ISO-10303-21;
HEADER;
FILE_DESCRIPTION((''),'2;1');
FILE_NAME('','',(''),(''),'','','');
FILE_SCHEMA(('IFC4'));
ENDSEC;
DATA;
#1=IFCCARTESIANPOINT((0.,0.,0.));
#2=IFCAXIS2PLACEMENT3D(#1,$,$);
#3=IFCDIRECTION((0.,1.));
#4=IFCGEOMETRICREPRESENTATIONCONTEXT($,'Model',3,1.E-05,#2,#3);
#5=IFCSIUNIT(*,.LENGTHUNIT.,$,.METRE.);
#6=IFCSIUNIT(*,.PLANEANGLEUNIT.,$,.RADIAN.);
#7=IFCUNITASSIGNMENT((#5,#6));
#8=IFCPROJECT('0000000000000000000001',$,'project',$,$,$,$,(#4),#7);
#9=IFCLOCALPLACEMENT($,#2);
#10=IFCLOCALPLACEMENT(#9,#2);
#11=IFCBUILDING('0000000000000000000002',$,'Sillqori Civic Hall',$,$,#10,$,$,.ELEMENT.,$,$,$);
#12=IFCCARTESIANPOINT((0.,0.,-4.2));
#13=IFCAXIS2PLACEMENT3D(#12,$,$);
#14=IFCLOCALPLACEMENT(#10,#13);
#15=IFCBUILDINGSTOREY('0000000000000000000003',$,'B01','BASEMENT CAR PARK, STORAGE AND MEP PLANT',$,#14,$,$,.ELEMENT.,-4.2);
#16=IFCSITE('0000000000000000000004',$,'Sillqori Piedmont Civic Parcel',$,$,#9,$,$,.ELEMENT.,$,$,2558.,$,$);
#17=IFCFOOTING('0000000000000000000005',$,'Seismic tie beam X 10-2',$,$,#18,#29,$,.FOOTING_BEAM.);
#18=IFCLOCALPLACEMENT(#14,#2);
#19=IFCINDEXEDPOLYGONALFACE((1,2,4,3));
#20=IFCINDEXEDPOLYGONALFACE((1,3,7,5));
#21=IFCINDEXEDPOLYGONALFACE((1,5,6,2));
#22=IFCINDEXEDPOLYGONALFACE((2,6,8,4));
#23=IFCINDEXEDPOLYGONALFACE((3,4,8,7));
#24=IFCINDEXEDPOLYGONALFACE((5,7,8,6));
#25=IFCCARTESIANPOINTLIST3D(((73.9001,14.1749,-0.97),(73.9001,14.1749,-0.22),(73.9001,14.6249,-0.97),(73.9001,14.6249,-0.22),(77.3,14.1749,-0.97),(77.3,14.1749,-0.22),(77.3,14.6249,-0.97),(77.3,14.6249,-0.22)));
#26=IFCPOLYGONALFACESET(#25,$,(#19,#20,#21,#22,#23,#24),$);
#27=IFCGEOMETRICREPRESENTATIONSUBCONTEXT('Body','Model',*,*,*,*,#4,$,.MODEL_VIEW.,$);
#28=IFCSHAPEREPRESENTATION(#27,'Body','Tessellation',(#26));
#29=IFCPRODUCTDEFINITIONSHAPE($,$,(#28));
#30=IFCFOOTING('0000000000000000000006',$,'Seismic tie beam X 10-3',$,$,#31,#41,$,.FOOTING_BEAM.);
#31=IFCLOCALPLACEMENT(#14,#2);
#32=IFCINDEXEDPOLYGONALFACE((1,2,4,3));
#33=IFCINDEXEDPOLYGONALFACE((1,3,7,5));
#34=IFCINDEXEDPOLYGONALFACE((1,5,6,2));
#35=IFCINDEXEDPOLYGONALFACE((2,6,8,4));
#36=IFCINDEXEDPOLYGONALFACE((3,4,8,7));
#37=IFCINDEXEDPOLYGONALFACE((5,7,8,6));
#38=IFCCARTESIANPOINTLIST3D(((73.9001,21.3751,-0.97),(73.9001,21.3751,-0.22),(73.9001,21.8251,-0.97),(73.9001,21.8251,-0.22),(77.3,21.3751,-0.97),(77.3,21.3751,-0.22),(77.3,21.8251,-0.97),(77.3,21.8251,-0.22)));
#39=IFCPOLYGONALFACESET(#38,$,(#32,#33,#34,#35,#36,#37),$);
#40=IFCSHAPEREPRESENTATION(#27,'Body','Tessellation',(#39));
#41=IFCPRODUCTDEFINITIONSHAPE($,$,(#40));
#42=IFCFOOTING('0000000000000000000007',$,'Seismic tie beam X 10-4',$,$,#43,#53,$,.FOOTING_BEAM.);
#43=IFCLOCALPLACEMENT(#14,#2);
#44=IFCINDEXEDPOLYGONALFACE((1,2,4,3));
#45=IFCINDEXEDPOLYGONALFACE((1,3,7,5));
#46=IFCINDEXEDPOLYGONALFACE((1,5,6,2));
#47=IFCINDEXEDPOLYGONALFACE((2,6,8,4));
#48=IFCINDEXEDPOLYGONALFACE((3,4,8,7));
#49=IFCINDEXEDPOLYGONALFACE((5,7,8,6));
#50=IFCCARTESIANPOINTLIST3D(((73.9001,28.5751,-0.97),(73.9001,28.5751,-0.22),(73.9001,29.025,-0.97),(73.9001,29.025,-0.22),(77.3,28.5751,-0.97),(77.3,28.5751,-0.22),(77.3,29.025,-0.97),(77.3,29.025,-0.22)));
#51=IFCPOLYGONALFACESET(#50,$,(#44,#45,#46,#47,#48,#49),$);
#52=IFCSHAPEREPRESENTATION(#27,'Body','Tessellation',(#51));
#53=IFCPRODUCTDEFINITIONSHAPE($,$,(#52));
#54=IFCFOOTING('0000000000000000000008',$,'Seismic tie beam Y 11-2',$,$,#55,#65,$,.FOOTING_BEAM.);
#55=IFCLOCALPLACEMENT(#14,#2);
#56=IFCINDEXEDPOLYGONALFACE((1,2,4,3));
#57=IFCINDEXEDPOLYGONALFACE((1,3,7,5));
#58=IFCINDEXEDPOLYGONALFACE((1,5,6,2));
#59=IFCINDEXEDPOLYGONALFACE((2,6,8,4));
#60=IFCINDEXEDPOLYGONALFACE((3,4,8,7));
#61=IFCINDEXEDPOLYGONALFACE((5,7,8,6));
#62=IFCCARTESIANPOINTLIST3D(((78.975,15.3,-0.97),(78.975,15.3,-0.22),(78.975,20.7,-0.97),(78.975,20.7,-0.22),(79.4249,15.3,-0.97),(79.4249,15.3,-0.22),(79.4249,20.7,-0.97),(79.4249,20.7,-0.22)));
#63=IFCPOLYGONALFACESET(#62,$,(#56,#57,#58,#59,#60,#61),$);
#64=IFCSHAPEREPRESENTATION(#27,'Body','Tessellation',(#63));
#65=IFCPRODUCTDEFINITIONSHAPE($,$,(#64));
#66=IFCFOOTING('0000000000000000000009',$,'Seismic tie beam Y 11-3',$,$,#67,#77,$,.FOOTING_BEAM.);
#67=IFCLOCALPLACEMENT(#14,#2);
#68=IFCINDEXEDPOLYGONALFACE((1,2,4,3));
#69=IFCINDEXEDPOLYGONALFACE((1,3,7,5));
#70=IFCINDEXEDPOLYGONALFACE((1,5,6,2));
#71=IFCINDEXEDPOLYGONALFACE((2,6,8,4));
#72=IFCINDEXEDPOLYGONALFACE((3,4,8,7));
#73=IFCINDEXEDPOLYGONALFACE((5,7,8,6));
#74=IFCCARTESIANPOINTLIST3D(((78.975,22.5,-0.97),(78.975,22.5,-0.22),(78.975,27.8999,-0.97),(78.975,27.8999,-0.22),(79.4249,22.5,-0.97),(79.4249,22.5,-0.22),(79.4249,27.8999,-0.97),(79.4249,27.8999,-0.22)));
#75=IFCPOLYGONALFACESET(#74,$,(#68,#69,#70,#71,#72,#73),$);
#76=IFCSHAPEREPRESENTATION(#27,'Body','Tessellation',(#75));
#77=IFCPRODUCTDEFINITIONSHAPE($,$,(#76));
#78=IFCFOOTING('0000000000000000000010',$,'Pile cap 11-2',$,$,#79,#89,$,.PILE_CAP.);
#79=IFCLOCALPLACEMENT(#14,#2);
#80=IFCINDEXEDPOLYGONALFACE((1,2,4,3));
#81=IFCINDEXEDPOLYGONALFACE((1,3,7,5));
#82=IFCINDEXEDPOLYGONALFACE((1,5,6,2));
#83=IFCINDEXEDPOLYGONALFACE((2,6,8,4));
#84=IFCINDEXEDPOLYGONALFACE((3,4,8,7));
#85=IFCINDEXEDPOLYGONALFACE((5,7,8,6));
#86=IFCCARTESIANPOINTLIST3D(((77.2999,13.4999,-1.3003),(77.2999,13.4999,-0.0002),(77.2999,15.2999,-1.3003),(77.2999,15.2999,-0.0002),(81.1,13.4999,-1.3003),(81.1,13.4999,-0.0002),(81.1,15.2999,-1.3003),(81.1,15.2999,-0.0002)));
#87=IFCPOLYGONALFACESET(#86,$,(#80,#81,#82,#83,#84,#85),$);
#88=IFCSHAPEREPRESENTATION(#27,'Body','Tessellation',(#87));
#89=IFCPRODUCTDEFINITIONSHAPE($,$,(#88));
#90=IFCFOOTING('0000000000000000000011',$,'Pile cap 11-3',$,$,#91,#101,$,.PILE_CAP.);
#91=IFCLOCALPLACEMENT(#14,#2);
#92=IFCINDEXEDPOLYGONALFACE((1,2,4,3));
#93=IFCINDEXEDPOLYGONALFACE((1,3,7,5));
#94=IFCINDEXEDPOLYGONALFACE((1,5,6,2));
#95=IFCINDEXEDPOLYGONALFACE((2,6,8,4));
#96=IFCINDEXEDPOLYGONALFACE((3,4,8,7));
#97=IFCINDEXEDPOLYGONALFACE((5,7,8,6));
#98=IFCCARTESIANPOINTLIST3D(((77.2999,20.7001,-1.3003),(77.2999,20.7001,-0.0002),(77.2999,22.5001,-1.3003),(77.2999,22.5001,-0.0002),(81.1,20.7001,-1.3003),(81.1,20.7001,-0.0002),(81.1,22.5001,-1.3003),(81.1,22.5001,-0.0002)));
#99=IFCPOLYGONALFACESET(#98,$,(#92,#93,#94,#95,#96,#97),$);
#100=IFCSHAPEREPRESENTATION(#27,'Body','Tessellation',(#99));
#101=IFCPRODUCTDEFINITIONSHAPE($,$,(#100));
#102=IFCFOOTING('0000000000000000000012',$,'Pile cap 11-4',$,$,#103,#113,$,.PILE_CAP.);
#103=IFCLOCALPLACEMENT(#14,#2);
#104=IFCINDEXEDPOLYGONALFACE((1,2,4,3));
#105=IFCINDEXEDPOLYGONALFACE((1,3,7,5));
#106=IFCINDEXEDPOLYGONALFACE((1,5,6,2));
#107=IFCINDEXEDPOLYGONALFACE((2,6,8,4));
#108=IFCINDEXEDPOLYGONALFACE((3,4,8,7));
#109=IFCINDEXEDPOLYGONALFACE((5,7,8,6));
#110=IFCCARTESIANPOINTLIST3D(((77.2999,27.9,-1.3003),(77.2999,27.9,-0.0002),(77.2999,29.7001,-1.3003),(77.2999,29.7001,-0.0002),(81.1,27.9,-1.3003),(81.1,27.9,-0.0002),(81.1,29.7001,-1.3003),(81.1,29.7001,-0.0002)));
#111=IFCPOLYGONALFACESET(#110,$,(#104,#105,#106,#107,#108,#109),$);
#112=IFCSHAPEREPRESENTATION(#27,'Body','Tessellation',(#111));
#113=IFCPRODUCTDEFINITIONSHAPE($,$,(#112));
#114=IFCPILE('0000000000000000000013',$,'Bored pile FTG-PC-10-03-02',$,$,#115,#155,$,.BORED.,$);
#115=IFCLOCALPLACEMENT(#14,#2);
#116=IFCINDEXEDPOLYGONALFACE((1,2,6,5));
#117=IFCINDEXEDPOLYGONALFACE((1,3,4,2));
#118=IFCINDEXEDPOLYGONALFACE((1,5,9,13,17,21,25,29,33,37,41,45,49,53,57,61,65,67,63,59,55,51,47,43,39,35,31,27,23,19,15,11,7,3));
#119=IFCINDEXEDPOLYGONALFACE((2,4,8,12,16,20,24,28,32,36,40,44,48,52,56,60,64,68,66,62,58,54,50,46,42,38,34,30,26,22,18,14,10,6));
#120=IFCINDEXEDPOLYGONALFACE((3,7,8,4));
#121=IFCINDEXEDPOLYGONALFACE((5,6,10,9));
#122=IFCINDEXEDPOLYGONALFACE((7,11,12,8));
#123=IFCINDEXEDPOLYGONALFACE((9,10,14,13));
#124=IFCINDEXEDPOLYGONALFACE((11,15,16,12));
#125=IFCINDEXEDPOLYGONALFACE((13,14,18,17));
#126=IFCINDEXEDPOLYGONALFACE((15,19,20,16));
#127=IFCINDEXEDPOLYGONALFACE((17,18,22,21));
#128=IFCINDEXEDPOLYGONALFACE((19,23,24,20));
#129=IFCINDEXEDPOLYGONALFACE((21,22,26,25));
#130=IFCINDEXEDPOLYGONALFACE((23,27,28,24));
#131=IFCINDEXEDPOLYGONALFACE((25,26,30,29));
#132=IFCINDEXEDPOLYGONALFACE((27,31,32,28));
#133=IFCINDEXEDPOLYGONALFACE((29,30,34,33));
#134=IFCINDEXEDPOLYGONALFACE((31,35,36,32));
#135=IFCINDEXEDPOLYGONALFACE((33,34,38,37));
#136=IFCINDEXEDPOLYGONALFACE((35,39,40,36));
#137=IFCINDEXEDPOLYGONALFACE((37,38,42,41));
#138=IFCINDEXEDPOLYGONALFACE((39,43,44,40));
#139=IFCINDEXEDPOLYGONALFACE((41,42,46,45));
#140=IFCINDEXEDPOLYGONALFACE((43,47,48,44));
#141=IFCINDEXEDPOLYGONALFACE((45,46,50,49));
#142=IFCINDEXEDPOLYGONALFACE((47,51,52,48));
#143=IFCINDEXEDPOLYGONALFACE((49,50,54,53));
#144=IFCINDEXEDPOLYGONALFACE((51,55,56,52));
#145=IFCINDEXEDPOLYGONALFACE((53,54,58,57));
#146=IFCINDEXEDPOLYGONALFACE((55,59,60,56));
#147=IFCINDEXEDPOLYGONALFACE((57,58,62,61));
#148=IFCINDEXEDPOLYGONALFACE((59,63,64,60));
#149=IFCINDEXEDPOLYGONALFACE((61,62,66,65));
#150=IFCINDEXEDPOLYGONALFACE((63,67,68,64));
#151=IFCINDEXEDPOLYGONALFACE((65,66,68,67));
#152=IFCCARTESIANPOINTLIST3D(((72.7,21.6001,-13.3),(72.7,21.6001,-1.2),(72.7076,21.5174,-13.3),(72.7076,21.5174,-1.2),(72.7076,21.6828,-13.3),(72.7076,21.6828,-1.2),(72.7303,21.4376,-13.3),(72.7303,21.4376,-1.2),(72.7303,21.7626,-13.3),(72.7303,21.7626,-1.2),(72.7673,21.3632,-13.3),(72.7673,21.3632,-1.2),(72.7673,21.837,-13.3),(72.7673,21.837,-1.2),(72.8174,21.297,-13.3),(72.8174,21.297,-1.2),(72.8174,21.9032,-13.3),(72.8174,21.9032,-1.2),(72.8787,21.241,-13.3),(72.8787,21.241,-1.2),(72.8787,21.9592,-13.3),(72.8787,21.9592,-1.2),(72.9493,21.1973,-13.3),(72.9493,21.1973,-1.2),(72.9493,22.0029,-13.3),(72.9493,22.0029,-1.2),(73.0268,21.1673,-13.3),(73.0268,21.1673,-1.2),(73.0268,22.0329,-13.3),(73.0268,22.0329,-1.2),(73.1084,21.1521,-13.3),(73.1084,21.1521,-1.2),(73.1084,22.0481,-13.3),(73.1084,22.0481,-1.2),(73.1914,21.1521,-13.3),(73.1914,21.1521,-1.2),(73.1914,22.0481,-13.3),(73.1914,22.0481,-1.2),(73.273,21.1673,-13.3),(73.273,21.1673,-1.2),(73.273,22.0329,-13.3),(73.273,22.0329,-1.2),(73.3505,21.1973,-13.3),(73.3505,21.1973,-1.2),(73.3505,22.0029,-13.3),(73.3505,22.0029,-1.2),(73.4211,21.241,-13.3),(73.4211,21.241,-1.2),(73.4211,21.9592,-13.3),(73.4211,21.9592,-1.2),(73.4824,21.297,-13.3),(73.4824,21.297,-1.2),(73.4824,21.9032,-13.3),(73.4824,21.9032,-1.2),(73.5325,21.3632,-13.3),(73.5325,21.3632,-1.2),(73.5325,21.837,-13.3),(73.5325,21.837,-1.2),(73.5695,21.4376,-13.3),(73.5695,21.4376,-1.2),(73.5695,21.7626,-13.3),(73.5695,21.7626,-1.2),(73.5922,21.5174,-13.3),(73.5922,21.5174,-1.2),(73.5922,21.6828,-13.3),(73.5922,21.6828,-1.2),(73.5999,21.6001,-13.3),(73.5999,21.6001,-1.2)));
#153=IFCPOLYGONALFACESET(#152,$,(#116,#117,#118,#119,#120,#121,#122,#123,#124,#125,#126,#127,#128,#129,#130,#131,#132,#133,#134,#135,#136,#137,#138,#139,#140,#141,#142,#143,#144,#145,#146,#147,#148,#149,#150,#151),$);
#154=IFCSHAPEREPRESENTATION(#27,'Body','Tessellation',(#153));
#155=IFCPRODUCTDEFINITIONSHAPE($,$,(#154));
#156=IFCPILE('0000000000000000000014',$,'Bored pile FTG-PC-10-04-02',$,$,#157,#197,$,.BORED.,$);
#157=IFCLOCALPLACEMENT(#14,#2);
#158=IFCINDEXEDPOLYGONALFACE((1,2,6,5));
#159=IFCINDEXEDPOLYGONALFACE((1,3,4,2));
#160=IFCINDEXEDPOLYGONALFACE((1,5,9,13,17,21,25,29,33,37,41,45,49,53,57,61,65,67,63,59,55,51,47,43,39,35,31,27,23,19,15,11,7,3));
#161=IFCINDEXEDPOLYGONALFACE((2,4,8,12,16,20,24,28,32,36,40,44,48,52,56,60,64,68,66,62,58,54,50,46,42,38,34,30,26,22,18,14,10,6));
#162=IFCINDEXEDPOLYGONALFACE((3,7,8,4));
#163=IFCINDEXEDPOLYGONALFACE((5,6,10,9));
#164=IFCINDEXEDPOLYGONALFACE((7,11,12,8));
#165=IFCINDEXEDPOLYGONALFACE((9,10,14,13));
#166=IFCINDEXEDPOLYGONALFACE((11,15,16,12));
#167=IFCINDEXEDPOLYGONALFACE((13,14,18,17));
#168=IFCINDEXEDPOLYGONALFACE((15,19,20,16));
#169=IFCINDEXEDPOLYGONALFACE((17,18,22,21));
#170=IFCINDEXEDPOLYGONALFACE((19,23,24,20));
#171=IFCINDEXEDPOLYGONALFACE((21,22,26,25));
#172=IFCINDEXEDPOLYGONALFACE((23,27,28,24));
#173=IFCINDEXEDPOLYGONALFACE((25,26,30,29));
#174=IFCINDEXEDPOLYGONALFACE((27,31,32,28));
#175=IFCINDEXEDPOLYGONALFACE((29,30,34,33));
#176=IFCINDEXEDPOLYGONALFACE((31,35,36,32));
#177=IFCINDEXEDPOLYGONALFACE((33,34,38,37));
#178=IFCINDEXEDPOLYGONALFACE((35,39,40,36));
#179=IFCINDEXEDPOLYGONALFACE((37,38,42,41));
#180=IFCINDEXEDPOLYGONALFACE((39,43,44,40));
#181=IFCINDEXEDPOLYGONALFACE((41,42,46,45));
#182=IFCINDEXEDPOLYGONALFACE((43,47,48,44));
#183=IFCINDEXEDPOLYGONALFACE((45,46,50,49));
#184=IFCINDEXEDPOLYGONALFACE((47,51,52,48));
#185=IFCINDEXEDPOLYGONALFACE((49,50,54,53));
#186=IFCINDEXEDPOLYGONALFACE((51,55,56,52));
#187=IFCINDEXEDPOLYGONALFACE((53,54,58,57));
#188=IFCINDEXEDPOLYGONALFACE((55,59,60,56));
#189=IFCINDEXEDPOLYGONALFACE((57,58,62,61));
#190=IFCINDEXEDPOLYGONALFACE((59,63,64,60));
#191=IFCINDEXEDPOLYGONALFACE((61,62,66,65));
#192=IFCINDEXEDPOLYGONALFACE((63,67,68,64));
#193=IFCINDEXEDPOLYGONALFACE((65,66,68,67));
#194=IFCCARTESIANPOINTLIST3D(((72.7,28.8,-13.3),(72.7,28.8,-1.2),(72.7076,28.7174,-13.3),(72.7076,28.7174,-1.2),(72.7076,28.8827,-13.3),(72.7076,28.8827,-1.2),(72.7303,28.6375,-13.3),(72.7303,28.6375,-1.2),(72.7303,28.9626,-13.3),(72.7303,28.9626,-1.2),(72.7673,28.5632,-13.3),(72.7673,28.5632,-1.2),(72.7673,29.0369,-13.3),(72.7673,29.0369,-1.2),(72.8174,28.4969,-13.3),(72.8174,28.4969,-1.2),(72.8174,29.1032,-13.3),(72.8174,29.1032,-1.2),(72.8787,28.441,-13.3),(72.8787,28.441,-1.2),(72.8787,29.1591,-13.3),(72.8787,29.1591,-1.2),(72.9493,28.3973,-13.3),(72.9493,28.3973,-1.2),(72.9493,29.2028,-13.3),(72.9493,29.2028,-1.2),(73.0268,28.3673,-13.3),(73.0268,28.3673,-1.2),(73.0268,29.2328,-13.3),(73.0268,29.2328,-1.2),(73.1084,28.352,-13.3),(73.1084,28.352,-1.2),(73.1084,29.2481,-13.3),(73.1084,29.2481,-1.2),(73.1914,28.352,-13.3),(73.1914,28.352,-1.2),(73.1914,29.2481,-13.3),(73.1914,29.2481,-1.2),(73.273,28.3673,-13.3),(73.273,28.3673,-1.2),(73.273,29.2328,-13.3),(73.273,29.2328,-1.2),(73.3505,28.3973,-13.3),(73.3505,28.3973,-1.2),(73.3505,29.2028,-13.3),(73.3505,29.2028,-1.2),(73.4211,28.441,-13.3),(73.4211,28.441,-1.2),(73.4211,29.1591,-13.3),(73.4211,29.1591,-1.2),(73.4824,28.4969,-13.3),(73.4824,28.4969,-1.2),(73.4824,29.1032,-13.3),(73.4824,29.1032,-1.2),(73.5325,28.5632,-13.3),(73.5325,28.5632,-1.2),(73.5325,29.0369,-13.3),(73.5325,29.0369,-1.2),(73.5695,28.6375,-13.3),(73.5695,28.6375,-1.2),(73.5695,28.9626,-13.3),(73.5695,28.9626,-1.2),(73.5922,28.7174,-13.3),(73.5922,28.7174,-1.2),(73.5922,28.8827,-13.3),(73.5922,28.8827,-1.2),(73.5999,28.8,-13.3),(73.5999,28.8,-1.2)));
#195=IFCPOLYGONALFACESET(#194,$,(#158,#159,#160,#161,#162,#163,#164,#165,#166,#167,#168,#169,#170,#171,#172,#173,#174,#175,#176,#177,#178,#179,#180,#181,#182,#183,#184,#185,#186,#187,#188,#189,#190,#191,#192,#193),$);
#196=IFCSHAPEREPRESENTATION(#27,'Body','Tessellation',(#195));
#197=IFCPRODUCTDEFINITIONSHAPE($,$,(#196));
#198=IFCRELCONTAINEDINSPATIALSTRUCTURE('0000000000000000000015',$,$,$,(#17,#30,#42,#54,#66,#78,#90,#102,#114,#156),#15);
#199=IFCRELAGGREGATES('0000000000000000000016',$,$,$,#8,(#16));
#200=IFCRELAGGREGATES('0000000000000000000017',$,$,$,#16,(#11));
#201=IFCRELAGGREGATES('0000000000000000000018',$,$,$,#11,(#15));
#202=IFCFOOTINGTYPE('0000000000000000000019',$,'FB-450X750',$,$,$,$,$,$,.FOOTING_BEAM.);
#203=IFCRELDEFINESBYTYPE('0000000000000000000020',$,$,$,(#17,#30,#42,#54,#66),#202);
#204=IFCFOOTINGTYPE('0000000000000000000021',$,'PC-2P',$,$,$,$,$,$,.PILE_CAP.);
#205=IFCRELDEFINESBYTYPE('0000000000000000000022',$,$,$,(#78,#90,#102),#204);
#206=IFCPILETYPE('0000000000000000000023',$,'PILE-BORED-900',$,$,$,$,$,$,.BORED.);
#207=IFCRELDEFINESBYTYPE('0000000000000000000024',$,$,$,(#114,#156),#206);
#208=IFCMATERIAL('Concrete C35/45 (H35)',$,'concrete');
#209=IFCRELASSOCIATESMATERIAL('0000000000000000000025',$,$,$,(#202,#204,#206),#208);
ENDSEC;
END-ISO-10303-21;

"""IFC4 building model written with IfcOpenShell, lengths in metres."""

from ifc_helpers import new_model, si_unit, direction, frame, origin, origin_2d, place, context, subcontext, project, spatial, rectangle, circle, extrude, material, material_profile, profile_set, type_object, element, save


model = new_model("IFC4")

# Units and contexts
model_context = context("Model", 3, precision=1e-05, world=origin(), true_north=direction((0.0, 1.0)))
body_context = subcontext(model_context, "Body", "Model", "MODEL_VIEW")
ifc_project = project(units=[si_unit("LENGTHUNIT", "METRE"), si_unit("PLANEANGLEUNIT", "RADIAN")], contexts=[model_context])

# Site, building, storey
site_placement = place(None, origin())
site = spatial("IfcSite", under=ifc_project, at=site_placement, Name="Sillqori Piedmont Civic Parcel", CompositionType="ELEMENT", RefElevation=2558.0)
building_placement = place(site_placement, origin())
building = spatial("IfcBuilding", under=site, at=building_placement, Name="Sillqori Civic Hall", CompositionType="ELEMENT")
storey_placement = place(building_placement, frame((0.0, 0.0, -4.2)))
storey = spatial("IfcBuildingStorey", under=building, at=storey_placement, Name="B01", Description="BASEMENT CAR PARK, STORAGE AND MEP PLANT", CompositionType="ELEMENT", Elevation=-4.2)

# Footings
ifc_material = material(Name="Concrete C35/45 (H35)", Category="concrete")
footing_type_1 = type_object("IfcFootingType", Name="FB-450X750", PredefinedType="FOOTING_BEAM", material=ifc_material)
for number, where, z_axis, x_axis, name in (
    (1, (75.6001, 14.3999, -0.97), (0.0, 0.0, 1.0), (1.0, 0.0, 0.0), "Seismic tie beam X 10-2"),
    (2, (75.6001, 21.6001, -0.97), (0.0, 0.0, 1.0), (1.0, 0.0, 0.0), "Seismic tie beam X 10-3"),
    (3, (75.6001, 28.8, -0.97), (0.0, 0.0, 1.0), (1.0, 0.0, 0.0), "Seismic tie beam X 10-4"),
):
    element("IfcFooting", number, at=place(storey_placement, frame(where, z_axis=z_axis, x_axis=x_axis)), inside=storey, type_object=footing_type_1, Name=name, PredefinedType="FOOTING_BEAM", context=body_context, shape_type="SweptSolid", body=[
        extrude(rectangle(XDim=3.3999, YDim=0.45, at=origin_2d()), origin(), (0.0, 0.0, 1.0), 0.75),
    ])
for number, where, z_axis, x_axis, name in (
    (4, (79.2, 18.0, -0.97), (0.0, 0.0, 1.0), (1.0, 0.0, 0.0), "Seismic tie beam Y 11-2"),
    (5, (79.2, 25.2, -0.97), (0.0, 0.0, 1.0), (1.0, 0.0, 0.0), "Seismic tie beam Y 11-3"),
):
    element("IfcFooting", number, at=place(storey_placement, frame(where, z_axis=z_axis, x_axis=x_axis)), inside=storey, type_object=footing_type_1, Name=name, PredefinedType="FOOTING_BEAM", context=body_context, shape_type="SweptSolid", body=[
        extrude(rectangle(XDim=0.45, YDim=5.3999, at=origin_2d()), origin(), (0.0, 0.0, 1.0), 0.75),
    ])
footing_type_2 = type_object("IfcFootingType", Name="PC-2P", PredefinedType="PILE_CAP", material=ifc_material)
for number, where, z_axis, x_axis, name in (
    (6, (79.2, 14.3999, -1.3003), (0.0, 0.0, 1.0), (1.0, 0.0, 0.0), "Pile cap 11-2"),
    (7, (79.2, 21.6001, -1.3003), (0.0, 0.0, 1.0), (1.0, 0.0, 0.0), "Pile cap 11-3"),
    (8, (79.2, 28.8, -1.3003), (0.0, 0.0, 1.0), (1.0, 0.0, 0.0), "Pile cap 11-4"),
):
    element("IfcFooting", number, at=place(storey_placement, frame(where, z_axis=z_axis, x_axis=x_axis)), inside=storey, type_object=footing_type_2, Name=name, PredefinedType="PILE_CAP", context=body_context, shape_type="SweptSolid", body=[
        extrude(rectangle(XDim=3.8, YDim=1.8, at=origin_2d()), origin(), (0.0, 0.0, 1.0), 1.3),
    ])

# Piles
ifc_material_profile_1 = material_profile(ifc_material, circle(Radius=0.45, at=origin_2d()), Name="BORED PILE 900")
ifc_profile_set_1 = profile_set([ifc_material_profile_1], Name="Concrete C35/45 (H35)")
pile_type = type_object("IfcPileType", Name="PILE-BORED-900", PredefinedType="BORED", material=ifc_profile_set_1)
for number, where, z_axis, x_axis, name in (
    (9, (73.1499, 21.6001, -1.2), (0.0, 0.0, -1.0), (1.0, 0.0, 0.0), "Bored pile FTG-PC-10-03-02"),
    (10, (73.1499, 28.8, -1.2), (0.0, 0.0, -1.0), (1.0, 0.0, 0.0), "Bored pile FTG-PC-10-04-02"),
):
    element("IfcPile", number, at=place(storey_placement, frame(where, z_axis=z_axis, x_axis=x_axis)), inside=storey, type_object=pile_type, Name=name, PredefinedType="BORED", context=body_context, shape_type="SweptSolid", body=[
        extrude(circle(Radius=0.45, at=origin_2d()), origin(), (0.0, 0.0, 1.0), 12.1001),
    ])

save(model, "model.ifc")
